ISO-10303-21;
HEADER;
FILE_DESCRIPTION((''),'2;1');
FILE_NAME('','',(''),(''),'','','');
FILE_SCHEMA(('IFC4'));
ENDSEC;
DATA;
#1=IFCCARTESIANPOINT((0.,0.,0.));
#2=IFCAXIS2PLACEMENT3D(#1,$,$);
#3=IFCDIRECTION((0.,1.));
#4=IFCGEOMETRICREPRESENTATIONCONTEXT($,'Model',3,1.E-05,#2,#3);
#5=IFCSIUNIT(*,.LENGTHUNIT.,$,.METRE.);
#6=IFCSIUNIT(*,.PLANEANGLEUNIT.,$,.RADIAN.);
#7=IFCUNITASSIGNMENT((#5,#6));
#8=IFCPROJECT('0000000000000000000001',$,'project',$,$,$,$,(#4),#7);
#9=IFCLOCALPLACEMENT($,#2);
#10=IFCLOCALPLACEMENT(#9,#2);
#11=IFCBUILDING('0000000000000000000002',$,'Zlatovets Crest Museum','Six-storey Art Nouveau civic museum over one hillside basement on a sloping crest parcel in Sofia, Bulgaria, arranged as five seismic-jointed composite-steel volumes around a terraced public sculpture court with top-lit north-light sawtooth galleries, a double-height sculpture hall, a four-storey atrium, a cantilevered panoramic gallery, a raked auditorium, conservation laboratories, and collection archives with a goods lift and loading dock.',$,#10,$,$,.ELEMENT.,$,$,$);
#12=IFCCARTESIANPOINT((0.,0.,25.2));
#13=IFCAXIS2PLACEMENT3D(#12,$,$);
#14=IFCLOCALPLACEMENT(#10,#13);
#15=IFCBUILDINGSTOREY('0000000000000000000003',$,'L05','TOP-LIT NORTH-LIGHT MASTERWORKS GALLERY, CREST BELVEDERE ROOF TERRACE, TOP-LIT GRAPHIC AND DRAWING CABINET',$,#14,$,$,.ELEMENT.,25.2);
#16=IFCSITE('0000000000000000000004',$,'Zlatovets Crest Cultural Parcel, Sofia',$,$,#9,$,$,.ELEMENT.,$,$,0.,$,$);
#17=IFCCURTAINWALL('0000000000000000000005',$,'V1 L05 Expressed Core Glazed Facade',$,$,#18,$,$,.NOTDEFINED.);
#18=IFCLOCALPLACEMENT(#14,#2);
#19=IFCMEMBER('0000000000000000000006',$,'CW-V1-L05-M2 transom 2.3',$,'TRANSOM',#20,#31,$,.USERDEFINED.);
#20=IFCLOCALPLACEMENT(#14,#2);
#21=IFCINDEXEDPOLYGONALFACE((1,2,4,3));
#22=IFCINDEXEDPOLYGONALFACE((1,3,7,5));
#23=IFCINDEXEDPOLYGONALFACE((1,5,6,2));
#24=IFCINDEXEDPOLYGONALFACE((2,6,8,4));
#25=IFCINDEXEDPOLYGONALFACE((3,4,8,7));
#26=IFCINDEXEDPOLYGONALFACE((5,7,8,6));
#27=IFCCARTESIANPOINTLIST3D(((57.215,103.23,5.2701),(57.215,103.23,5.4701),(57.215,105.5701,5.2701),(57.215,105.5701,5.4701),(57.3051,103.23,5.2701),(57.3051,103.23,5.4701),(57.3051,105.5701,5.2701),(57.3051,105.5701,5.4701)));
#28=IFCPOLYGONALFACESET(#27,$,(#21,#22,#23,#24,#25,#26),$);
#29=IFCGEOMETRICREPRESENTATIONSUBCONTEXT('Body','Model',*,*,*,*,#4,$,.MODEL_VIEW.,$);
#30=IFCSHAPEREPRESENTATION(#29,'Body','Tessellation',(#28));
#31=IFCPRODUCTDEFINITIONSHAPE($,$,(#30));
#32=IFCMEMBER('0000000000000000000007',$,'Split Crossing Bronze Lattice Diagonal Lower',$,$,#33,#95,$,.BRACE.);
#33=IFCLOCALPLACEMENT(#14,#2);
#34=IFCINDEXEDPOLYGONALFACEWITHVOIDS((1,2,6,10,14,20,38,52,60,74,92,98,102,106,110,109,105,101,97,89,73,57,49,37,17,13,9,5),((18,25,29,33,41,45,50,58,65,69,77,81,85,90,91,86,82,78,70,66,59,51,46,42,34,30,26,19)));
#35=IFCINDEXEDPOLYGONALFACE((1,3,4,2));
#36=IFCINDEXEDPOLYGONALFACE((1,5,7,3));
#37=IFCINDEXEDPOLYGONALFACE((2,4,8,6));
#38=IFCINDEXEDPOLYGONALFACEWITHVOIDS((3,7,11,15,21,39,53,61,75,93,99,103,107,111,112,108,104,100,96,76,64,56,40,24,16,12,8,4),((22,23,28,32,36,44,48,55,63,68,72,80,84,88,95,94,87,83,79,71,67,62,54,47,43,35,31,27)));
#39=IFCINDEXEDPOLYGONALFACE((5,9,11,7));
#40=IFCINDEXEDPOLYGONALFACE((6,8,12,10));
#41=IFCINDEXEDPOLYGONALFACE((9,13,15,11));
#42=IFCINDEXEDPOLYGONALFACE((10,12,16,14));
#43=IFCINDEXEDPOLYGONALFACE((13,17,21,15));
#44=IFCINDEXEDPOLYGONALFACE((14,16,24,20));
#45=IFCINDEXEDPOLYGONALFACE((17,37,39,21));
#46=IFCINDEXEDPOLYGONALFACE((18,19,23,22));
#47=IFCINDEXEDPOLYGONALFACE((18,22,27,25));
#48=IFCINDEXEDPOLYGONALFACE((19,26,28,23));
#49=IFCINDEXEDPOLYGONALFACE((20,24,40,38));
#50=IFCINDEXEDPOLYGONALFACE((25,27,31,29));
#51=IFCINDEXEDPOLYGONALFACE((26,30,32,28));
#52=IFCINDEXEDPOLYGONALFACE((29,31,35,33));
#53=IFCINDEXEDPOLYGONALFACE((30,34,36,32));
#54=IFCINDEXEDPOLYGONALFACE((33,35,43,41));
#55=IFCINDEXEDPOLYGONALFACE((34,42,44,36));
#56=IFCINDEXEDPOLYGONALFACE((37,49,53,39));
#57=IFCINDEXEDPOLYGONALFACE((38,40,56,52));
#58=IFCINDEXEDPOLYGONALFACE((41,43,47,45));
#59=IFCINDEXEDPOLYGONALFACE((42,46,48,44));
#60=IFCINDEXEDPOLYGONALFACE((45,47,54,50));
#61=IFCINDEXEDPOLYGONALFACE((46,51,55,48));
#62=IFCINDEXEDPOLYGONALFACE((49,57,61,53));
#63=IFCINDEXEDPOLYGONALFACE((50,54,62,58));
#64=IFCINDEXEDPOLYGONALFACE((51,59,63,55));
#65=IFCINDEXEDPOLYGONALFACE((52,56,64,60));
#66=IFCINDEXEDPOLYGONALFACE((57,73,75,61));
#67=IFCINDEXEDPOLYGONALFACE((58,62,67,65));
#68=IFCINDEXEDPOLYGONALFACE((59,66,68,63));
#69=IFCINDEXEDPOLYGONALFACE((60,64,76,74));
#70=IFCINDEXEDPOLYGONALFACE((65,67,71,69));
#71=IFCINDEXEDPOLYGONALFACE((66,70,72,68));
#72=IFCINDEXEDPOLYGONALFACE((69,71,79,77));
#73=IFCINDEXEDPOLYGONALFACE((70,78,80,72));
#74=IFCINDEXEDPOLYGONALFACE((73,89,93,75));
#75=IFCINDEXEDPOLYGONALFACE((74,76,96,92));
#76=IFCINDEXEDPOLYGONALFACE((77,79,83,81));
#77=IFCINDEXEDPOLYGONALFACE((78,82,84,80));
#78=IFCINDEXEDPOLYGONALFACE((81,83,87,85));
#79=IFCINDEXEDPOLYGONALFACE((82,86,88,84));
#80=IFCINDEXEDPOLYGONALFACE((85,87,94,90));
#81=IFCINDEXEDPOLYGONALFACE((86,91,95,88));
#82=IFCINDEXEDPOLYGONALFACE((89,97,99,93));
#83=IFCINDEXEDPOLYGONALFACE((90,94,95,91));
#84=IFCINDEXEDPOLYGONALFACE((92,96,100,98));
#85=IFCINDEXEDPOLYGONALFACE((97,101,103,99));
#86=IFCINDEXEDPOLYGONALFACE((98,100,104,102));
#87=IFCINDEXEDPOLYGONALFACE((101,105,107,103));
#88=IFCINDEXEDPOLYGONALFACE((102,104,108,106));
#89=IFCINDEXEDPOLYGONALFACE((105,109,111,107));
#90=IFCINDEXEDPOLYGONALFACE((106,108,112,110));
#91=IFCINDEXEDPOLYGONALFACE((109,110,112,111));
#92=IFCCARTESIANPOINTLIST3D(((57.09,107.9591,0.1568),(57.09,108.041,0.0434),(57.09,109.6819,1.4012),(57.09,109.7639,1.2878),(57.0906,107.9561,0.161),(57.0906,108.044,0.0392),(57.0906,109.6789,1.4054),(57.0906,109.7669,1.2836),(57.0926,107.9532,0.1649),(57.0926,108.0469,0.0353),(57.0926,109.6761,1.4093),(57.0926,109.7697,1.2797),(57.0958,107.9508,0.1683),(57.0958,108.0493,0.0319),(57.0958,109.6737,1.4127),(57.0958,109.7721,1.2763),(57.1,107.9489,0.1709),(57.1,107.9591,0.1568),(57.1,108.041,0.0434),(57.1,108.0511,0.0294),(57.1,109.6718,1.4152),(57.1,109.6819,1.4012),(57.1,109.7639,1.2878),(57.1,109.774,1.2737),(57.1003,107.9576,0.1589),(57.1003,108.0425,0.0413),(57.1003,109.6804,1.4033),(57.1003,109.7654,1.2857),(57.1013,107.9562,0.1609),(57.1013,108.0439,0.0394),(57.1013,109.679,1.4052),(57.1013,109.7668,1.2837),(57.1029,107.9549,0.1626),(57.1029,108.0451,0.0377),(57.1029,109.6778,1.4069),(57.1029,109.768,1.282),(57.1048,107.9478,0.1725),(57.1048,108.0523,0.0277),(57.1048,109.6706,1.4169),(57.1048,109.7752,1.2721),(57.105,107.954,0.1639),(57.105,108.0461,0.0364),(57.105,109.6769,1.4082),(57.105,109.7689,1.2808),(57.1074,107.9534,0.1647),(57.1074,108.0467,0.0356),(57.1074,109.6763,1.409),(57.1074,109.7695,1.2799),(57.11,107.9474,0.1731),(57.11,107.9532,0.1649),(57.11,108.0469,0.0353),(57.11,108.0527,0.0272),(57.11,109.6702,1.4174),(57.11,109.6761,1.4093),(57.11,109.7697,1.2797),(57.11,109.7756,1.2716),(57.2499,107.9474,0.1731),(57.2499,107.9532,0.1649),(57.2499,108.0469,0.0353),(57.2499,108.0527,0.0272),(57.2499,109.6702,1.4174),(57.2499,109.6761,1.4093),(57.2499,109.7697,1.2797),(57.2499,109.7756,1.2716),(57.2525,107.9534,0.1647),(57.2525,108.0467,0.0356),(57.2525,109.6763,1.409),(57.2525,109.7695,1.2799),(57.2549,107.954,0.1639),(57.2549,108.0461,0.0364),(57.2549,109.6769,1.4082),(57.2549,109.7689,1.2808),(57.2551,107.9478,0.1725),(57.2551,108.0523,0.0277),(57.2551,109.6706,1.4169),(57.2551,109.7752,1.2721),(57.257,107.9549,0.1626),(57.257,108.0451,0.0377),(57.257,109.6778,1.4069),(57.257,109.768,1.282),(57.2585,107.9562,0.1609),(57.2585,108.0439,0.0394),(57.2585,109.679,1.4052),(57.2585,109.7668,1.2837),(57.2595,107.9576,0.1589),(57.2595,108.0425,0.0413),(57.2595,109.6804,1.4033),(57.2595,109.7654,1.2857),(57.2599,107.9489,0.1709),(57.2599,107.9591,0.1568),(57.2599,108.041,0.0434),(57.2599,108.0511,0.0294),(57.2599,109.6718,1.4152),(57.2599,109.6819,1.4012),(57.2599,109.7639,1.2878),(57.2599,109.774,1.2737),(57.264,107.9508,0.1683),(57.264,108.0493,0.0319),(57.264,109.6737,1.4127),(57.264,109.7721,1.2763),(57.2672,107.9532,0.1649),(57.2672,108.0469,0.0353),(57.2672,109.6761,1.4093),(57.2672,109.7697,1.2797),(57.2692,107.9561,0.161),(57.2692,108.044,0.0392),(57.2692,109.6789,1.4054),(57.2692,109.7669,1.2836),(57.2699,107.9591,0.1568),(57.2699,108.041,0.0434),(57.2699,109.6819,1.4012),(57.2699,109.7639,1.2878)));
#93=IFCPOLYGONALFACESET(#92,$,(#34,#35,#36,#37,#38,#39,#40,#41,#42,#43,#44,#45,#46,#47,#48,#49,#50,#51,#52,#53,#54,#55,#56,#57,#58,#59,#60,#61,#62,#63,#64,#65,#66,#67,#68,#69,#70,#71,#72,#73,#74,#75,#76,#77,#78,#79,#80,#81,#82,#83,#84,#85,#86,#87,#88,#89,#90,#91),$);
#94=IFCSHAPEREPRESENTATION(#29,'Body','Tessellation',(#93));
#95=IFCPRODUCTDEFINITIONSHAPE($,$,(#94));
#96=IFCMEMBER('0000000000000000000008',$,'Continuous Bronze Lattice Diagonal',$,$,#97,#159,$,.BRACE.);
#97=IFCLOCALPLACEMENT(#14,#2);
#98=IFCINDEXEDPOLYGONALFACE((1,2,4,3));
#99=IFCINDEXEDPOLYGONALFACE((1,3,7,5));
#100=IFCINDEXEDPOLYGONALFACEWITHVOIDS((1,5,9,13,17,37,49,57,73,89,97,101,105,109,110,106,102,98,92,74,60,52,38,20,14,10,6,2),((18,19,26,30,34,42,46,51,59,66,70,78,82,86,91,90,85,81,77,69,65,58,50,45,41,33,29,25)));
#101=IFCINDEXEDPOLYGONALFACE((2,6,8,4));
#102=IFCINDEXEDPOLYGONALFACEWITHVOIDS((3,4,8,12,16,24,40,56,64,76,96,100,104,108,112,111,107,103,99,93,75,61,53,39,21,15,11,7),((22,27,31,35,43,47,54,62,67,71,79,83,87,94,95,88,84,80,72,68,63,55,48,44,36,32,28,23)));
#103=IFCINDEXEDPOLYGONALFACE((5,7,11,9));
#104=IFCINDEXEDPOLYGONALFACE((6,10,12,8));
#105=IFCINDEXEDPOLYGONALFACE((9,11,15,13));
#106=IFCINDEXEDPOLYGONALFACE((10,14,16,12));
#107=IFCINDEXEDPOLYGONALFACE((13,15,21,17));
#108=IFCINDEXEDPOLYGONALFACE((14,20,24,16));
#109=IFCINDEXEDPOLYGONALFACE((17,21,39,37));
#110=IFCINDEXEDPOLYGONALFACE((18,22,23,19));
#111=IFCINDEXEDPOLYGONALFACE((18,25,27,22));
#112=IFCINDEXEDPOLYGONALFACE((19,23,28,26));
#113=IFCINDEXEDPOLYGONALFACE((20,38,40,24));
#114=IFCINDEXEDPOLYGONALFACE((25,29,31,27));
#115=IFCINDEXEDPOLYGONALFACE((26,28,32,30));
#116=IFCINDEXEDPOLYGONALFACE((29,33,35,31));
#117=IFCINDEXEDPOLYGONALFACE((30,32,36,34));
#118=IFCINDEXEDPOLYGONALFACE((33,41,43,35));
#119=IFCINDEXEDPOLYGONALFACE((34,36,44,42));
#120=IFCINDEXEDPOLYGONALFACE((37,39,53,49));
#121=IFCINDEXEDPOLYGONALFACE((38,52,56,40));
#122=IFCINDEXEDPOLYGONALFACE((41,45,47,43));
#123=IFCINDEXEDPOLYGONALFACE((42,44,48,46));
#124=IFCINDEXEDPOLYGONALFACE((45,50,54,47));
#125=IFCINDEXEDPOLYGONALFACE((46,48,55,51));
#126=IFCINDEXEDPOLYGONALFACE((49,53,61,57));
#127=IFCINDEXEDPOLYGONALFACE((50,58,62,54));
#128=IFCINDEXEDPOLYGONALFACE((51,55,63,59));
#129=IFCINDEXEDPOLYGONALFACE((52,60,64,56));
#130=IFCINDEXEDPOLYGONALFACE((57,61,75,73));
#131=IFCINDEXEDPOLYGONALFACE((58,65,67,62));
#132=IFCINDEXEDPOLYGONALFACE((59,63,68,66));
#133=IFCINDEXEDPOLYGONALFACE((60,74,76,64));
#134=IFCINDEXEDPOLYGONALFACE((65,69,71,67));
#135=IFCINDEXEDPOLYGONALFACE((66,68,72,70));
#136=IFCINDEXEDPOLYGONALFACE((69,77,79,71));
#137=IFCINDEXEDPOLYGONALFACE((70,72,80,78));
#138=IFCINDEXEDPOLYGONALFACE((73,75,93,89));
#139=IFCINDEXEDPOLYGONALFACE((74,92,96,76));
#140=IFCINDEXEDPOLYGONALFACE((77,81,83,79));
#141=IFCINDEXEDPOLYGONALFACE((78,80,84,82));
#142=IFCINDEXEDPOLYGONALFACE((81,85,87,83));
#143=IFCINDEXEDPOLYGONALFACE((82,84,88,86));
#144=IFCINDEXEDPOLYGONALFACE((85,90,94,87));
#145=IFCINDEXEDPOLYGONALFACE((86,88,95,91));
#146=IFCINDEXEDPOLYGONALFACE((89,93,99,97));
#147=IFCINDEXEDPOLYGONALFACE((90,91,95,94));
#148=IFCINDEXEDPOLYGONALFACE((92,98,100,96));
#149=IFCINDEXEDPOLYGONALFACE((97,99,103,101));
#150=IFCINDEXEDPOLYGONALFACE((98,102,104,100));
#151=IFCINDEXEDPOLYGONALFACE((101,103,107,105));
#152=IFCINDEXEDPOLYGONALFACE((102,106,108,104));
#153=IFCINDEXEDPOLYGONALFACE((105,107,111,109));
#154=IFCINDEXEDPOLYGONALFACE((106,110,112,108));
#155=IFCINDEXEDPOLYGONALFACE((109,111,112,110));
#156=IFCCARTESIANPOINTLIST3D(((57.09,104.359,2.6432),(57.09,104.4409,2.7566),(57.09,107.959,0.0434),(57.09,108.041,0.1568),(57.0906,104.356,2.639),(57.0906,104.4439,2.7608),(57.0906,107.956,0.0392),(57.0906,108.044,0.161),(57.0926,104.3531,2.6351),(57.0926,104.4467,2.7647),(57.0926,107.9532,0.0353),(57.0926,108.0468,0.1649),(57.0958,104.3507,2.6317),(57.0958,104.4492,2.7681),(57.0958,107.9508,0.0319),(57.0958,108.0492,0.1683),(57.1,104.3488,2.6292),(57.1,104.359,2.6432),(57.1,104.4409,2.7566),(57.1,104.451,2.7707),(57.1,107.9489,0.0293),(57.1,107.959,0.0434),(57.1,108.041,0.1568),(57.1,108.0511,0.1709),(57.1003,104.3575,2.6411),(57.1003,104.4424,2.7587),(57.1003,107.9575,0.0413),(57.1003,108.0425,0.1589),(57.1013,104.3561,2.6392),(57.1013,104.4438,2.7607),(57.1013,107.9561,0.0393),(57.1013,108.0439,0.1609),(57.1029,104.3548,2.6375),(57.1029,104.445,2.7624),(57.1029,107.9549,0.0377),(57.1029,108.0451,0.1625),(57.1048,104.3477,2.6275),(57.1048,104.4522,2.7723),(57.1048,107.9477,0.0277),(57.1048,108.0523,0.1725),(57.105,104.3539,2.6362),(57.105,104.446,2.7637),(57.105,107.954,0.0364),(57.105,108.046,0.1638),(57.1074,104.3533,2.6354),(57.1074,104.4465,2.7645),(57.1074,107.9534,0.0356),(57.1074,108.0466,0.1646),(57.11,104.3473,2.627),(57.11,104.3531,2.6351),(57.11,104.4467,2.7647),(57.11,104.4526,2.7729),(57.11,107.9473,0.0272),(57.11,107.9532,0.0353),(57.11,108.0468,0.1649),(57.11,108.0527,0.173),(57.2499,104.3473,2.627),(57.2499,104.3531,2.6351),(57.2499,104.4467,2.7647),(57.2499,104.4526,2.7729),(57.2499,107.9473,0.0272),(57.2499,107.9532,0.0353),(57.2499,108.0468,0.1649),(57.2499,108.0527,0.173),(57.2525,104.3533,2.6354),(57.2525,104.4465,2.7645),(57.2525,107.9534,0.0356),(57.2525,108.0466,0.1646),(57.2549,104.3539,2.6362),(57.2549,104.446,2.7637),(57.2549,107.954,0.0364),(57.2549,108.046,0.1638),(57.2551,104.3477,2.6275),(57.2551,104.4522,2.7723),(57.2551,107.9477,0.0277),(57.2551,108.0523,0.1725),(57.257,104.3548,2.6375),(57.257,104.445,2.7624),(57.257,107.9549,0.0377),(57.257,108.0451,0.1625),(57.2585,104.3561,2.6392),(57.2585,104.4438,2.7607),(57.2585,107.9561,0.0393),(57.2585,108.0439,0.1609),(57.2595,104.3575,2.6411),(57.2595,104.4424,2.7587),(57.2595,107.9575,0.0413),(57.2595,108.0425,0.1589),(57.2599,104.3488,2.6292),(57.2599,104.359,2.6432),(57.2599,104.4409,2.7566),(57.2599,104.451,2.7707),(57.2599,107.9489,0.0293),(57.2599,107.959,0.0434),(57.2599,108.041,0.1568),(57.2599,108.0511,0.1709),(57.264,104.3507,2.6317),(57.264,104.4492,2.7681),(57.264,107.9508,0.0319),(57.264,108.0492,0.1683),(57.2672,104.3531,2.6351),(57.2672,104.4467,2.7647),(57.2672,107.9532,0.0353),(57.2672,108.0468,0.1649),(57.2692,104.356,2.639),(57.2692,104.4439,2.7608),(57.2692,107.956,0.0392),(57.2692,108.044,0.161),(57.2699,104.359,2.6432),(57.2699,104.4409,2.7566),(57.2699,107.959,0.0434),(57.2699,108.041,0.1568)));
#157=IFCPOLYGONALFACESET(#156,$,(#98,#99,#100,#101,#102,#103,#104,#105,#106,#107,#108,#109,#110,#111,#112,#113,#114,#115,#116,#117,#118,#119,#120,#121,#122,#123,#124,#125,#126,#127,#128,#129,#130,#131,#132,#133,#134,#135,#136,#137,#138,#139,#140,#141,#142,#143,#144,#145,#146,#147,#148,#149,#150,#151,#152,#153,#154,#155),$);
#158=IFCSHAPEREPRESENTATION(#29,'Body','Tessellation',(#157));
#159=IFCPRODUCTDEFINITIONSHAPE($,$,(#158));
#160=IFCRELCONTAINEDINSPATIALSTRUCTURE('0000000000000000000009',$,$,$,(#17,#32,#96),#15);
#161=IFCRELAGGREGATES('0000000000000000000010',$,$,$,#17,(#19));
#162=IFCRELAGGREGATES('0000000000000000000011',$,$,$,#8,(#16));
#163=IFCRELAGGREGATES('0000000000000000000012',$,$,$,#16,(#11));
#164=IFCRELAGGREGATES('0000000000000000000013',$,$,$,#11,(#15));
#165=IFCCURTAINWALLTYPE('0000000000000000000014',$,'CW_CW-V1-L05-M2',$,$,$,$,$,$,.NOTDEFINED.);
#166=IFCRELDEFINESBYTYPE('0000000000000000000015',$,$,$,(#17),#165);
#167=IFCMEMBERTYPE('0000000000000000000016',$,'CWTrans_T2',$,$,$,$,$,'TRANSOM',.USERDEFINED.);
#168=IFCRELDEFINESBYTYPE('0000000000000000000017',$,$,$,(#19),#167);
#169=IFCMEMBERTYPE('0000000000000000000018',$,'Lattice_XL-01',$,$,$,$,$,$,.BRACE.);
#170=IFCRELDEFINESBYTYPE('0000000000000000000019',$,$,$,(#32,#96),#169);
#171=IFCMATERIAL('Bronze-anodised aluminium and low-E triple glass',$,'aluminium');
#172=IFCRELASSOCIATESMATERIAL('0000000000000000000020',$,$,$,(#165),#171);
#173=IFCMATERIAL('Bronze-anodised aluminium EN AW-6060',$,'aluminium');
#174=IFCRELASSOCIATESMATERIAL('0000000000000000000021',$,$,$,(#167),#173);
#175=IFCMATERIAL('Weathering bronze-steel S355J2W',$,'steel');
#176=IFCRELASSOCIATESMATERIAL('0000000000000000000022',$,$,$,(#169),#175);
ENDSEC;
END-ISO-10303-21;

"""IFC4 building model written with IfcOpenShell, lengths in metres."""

from ifc_helpers import new_model, si_unit, direction, frame, origin, origin_2d, place, context, subcontext, project, spatial, rectangle, hollow_rectangle, extrude, material, material_profile, profile_set, type_object, element, aggregate, save


model = new_model("IFC4")

# Units and contexts
model_context = context("Model", 3, precision=1e-05, world=origin(), true_north=direction((0.0, 1.0)))
body_context = subcontext(model_context, "Body", "Model", "MODEL_VIEW")
ifc_project = project(units=[si_unit("LENGTHUNIT", "METRE"), si_unit("PLANEANGLEUNIT", "RADIAN")], contexts=[model_context])

# Site, building, storey
site_placement = place(None, origin())
site = spatial("IfcSite", under=ifc_project, at=site_placement, Name="Zlatovets Crest Cultural Parcel, Sofia", CompositionType="ELEMENT", RefElevation=0.0)
building_placement = place(site_placement, origin())
building = spatial("IfcBuilding", under=site, at=building_placement, Name="Zlatovets Crest Museum", Description="Six-storey Art Nouveau civic museum over one hillside basement on a sloping crest parcel in Sofia, Bulgaria, arranged as five seismic-jointed composite-steel volumes around a terraced public sculpture court with top-lit north-light sawtooth galleries, a double-height sculpture hall, a four-storey atrium, a cantilevered panoramic gallery, a raked auditorium, conservation laboratories, and collection archives with a goods lift and loading dock.", CompositionType="ELEMENT")
storey_placement = place(building_placement, frame((0.0, 0.0, 25.2)))
storey = spatial("IfcBuildingStorey", under=building, at=storey_placement, Name="L05", Description="TOP-LIT NORTH-LIGHT MASTERWORKS GALLERY, CREST BELVEDERE ROOF TERRACE, TOP-LIT GRAPHIC AND DRAWING CABINET", CompositionType="ELEMENT", Elevation=25.2)

# Curtain wall, member
ifc_material_1 = material(Name="Bronze-anodised aluminium and low-E triple glass", Category="aluminium")
curtain_wall_type = type_object("IfcCurtainWallType", Name="CW_CW-V1-L05-M2", PredefinedType="NOTDEFINED", material=ifc_material_1)
curtain_wall_placement = place(storey_placement, origin())
curtain_wall = element("IfcCurtainWall", 1, at=curtain_wall_placement, inside=storey, type_object=curtain_wall_type, Name="V1 L05 Expressed Core Glazed Facade", PredefinedType="NOTDEFINED")
ifc_material_2 = material(Name="Bronze-anodised aluminium EN AW-6060", Category="aluminium")
ifc_material_profile_1 = material_profile(ifc_material_2, rectangle(XDim=0.0901, YDim=0.2, at=origin_2d()), Name="ALU 90x200")
ifc_profile_set_1 = profile_set([ifc_material_profile_1], Name="Bronze-anodised aluminium EN AW-6060")
member_type_1 = type_object("IfcMemberType", Name="CWTrans_T2", ElementType="TRANSOM", PredefinedType="USERDEFINED", material=ifc_profile_set_1)
member_1_placement = place(storey_placement, frame((57.26, 105.5701, 5.3701), z_axis=(0.0, -1.0, 0.0), x_axis=(1.0, 0.0, 0.0)))
member_1 = element("IfcMember", 2, at=member_1_placement, type_object=member_type_1, Name="CW-V1-L05-M2 transom 2.3", ObjectType="TRANSOM", PredefinedType="USERDEFINED", context=body_context, shape_type="SweptSolid", body=[
    extrude(rectangle(XDim=0.0901, YDim=0.2, at=origin_2d()), origin(), (0.0, 0.0, 1.0), 2.3401),
])

# Members
ifc_material_3 = material(Name="Weathering bronze-steel S355J2W", Category="steel")
ifc_material_profile_2 = material_profile(ifc_material_3, hollow_rectangle(XDim=0.1799, YDim=0.1799, WallThickness=0.01, InnerFilletRadius=0.01, OuterFilletRadius=0.02, at=origin_2d()), Name="SHS 180x180x10.0")
ifc_profile_set_2 = profile_set([ifc_material_profile_2], Name="Weathering bronze-steel S355J2W")
member_type_2 = type_object("IfcMemberType", Name="Lattice_XL-01", PredefinedType="BRACE", material=ifc_profile_set_2)
member_2_placement = place(storey_placement, frame((57.1799, 109.7229, 1.3445), z_axis=(0.0, -0.810664, -0.585512), x_axis=(1.0, 0.0, 0.0)))
element("IfcMember", 3, at=member_2_placement, inside=storey, type_object=member_type_2, Name="Split Crossing Bronze Lattice Diagonal Lower", PredefinedType="BRACE", context=body_context, shape_type="SweptSolid", body=[
    extrude(hollow_rectangle(XDim=0.1799, YDim=0.1799, WallThickness=0.01, InnerFilletRadius=0.01, OuterFilletRadius=0.02, at=origin_2d()), origin(), (0.0, 0.0, 1.0), 2.1252),
])
member_3_placement = place(storey_placement, frame((57.1799, 108.0, 0.1001), z_axis=(0.0, -0.810702, 0.585458), x_axis=(1.0, 0.0, 0.0)))
element("IfcMember", 4, at=member_3_placement, inside=storey, type_object=member_type_2, Name="Continuous Bronze Lattice Diagonal", PredefinedType="BRACE", context=body_context, shape_type="SweptSolid", body=[
    extrude(hollow_rectangle(XDim=0.1799, YDim=0.1799, WallThickness=0.01, InnerFilletRadius=0.01, OuterFilletRadius=0.02, at=origin_2d()), origin(), (0.0, 0.0, 1.0), 4.4407),
])

aggregate(curtain_wall, [member_1])

save(model, "model.ifc")
